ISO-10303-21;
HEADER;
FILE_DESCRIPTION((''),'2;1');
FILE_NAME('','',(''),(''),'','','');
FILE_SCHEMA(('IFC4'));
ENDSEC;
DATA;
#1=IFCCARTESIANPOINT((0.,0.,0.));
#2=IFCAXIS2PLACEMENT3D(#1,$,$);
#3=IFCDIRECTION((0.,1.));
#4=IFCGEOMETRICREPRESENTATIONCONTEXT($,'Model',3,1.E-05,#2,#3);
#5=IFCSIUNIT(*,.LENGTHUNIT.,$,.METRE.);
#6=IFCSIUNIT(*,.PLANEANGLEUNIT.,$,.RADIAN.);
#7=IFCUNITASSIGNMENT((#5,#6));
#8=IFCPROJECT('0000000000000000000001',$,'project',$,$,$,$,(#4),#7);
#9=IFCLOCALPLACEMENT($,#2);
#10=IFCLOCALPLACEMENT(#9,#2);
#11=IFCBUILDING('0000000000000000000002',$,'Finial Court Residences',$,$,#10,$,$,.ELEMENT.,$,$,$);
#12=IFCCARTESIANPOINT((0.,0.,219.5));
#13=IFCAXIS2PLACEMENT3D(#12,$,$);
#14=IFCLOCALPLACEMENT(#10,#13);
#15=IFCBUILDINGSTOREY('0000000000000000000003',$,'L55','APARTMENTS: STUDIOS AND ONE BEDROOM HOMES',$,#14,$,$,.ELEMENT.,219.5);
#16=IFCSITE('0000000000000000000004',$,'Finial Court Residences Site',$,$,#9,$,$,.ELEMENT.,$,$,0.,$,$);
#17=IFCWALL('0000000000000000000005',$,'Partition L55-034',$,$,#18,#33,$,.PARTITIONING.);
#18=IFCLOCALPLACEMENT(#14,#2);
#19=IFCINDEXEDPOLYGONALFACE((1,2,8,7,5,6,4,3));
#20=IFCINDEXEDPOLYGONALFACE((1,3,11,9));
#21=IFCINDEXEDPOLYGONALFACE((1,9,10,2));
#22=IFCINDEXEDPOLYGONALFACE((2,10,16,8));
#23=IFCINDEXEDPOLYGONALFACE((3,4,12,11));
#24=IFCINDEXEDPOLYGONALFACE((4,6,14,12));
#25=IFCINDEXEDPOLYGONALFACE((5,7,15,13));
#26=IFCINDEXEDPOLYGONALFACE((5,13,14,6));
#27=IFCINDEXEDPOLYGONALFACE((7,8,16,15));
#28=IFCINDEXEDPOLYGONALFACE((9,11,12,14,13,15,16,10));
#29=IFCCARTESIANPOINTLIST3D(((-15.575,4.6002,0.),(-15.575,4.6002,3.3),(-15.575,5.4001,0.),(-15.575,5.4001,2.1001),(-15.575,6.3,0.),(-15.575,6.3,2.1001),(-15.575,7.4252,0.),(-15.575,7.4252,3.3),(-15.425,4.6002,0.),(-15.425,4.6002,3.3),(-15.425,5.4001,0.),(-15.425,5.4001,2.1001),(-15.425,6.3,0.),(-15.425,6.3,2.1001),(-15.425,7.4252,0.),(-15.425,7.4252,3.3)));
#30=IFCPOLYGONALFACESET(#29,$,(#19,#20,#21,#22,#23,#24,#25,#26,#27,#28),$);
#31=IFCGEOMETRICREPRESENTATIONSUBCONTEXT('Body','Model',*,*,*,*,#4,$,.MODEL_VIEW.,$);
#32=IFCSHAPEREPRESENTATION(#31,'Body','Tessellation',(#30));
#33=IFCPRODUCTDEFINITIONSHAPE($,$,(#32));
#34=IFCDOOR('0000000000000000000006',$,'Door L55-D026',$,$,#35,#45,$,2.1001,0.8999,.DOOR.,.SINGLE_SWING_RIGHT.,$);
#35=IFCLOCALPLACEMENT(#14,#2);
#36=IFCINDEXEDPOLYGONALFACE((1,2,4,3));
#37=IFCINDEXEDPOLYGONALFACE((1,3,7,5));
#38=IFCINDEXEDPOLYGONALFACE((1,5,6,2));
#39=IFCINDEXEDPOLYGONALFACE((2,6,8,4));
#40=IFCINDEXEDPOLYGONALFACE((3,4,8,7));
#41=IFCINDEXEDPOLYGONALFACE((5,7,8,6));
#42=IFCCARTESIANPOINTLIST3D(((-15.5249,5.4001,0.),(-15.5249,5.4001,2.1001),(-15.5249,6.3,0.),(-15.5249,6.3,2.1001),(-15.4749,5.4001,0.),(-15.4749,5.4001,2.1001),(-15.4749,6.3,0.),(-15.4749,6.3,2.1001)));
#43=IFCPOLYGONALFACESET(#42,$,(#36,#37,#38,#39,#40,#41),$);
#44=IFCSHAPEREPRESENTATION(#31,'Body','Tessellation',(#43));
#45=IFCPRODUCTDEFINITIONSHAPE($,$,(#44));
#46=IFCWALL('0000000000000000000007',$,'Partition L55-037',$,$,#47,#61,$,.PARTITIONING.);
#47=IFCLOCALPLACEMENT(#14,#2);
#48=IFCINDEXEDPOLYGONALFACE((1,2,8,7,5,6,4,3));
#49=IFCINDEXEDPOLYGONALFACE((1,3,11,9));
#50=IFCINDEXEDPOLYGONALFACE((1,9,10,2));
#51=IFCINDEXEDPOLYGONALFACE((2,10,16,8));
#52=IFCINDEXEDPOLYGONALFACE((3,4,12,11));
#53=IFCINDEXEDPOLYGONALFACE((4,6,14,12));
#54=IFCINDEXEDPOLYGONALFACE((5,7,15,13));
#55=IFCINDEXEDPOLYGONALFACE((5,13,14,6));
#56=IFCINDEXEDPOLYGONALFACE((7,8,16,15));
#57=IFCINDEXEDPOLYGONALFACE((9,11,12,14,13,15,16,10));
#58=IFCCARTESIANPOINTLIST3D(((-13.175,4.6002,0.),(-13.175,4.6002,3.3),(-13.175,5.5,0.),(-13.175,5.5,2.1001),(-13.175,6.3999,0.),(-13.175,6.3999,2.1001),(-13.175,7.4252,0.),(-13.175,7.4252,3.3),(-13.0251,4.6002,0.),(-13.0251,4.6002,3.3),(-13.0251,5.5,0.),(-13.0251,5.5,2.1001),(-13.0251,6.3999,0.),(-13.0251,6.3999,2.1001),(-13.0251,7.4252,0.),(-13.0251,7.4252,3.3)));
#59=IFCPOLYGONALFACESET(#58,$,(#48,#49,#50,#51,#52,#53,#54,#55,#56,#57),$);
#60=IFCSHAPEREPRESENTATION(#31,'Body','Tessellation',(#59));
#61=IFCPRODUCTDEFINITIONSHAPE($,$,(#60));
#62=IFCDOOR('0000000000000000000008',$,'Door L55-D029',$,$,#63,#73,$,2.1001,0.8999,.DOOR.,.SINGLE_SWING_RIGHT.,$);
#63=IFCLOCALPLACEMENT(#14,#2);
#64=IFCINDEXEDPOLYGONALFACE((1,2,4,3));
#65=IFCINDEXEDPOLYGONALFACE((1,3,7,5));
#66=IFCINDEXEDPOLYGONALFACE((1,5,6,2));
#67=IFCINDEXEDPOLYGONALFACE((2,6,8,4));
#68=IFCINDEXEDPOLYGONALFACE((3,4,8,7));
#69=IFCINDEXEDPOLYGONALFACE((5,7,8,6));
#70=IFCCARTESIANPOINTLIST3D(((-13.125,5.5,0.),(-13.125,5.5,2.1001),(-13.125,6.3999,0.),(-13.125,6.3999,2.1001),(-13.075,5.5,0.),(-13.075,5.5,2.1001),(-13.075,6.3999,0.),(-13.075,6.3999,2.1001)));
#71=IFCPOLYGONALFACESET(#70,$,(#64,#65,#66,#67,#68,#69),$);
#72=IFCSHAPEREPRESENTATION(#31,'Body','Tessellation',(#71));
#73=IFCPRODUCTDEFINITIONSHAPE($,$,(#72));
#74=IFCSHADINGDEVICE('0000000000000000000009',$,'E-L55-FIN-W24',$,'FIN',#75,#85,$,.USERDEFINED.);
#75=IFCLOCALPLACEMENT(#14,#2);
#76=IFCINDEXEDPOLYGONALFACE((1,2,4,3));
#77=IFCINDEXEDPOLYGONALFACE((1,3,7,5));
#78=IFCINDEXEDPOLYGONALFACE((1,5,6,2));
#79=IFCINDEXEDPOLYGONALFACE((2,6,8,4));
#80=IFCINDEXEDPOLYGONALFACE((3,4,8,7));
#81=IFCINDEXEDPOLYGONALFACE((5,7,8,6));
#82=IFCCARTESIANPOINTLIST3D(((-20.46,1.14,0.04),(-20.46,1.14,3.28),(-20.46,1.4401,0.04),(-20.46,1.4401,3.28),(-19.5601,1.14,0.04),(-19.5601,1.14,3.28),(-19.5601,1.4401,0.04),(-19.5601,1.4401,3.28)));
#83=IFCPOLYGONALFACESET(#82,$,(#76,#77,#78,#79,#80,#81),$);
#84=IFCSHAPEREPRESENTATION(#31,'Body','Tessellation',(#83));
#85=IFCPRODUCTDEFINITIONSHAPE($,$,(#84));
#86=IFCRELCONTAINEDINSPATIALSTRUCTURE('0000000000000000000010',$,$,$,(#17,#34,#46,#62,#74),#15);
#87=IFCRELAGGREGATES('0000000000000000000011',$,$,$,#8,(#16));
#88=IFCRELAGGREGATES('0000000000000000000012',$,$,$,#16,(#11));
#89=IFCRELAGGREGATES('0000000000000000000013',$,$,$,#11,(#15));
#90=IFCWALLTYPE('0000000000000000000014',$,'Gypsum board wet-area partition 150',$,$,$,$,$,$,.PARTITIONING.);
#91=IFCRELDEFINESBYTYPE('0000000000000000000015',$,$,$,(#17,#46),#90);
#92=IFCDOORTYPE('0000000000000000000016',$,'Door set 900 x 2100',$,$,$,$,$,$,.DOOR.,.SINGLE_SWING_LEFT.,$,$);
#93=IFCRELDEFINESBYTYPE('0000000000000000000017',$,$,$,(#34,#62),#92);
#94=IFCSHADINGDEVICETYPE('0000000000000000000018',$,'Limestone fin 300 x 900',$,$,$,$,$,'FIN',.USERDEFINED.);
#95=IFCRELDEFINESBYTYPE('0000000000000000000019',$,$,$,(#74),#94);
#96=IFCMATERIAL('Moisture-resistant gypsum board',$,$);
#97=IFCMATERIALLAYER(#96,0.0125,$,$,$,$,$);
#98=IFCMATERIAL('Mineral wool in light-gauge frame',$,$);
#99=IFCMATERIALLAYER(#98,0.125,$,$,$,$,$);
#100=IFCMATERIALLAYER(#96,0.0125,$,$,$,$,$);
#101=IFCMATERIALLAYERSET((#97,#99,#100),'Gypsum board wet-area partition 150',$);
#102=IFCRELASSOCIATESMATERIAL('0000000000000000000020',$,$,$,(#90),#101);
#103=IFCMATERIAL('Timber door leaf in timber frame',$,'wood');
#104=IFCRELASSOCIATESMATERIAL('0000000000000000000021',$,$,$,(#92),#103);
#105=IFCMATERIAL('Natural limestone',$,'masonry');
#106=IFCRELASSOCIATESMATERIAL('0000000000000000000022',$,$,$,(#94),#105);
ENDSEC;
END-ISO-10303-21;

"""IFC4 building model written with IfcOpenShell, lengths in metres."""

from ifc_helpers import new_model, si_unit, direction, frame, frame_2d, origin, origin_2d, place, context, subcontext, project, spatial, rectangle, extrude, material, layer, layer_set, type_object, element, fill, save


model = new_model("IFC4")

# Units and contexts
model_context = context("Model", 3, precision=1e-05, world=origin(), true_north=direction((0.0, 1.0)))
body_context = subcontext(model_context, "Body", "Model", "MODEL_VIEW")
ifc_project = project(units=[si_unit("LENGTHUNIT", "METRE"), si_unit("PLANEANGLEUNIT", "RADIAN")], contexts=[model_context])

# Site, building, storey
site_placement = place(None, origin())
site = spatial("IfcSite", under=ifc_project, at=site_placement, Name="Finial Court Residences Site", CompositionType="ELEMENT", RefElevation=0.0)
building_placement = place(site_placement, origin())
building = spatial("IfcBuilding", under=site, at=building_placement, Name="Finial Court Residences", CompositionType="ELEMENT")
storey_placement = place(building_placement, frame((0.0, 0.0, 219.5)))
storey = spatial("IfcBuildingStorey", under=building, at=storey_placement, Name="L55", Description="APARTMENTS: STUDIOS AND ONE BEDROOM HOMES", CompositionType="ELEMENT", Elevation=219.5)

# Shared definitions
ifc_material_1 = material(Name="Mineral wool in light-gauge frame")
ifc_material_2 = material(Name="Moisture-resistant gypsum board")
ifc_layer_1 = layer(ifc_material_2, 0.0125)
ifc_layer_2 = layer(ifc_material_1, 0.125)
ifc_layer_3 = layer(ifc_material_2, 0.0125)
ifc_layer_set_1 = layer_set([ifc_layer_1, ifc_layer_2, ifc_layer_3], Name="Gypsum board wet-area partition 150")
wall_type_1 = type_object("IfcWallType", Name="Gypsum board wet-area partition 150", PredefinedType="PARTITIONING", material=ifc_layer_set_1)

# Walls, openings, doors
ifc_material_3 = material(Name="Timber door leaf in timber frame", Category="wood")
door_type_1 = type_object("IfcDoorType", Name="Door set 900 x 2100", OperationType="SINGLE_SWING_LEFT", PredefinedType="DOOR", material=ifc_material_3)
wall_1_placement = place(storey_placement, frame((-15.5, 4.6001, 0.0), z_axis=(0.0, 0.0, 1.0), x_axis=(0.0, 1.0, 0.0)))
wall_1 = element("IfcWall", 1, at=wall_1_placement, inside=storey, type_object=wall_type_1, Name="Partition L55-034", PredefinedType="PARTITIONING", context=body_context, shape_type="SweptSolid", body=[
    extrude(rectangle(XDim=2.825, YDim=0.1499, at=frame_2d((1.4126, 0.0))), origin(), (0.0, 0.0, 1.0), 3.3),
])
opening_1_placement = place(wall_1_placement, frame((0.8, 0.0, 0.0)))
opening_1 = element("IfcOpeningElement", 2, at=opening_1_placement, cuts=wall_1, PredefinedType="OPENING", context=body_context, shape_type="SweptSolid", body=[
    extrude(rectangle(XDim=0.8999, YDim=2.1001, at=frame_2d((0.45, 1.05))), frame((0.0, 0.085, 0.0), z_axis=(0.0, -1.0, 0.0), x_axis=(1.0, 0.0, 0.0)), (0.0, 0.0, 1.0), 0.1699),
])
door_1_placement = place(opening_1_placement, origin())
door_1 = element("IfcDoor", 3, at=door_1_placement, inside=storey, type_object=door_type_1, Name="Door L55-D026", OperationType="SINGLE_SWING_RIGHT", OverallHeight=2.1001, OverallWidth=0.8999, PredefinedType="DOOR", context=body_context, shape_type="SweptSolid", body=[
    extrude(rectangle(XDim=0.8999, YDim=2.1001, at=frame_2d((0.45, 1.05))), frame((0.0, 0.0249, 0.0), z_axis=(0.0, -1.0, 0.0), x_axis=(1.0, 0.0, 0.0)), (0.0, 0.0, 1.0), 0.05),
])
fill(opening_1, door_1)
wall_2_placement = place(storey_placement, frame((-13.1001, 4.6001, 0.0), z_axis=(0.0, 0.0, 1.0), x_axis=(0.0, 1.0, 0.0)))
wall_2 = element("IfcWall", 4, at=wall_2_placement, inside=storey, type_object=wall_type_1, Name="Partition L55-037", PredefinedType="PARTITIONING", context=body_context, shape_type="SweptSolid", body=[
    extrude(rectangle(XDim=2.825, YDim=0.1499, at=frame_2d((1.4126, 0.0))), origin(), (0.0, 0.0, 1.0), 3.3),
])
opening_2_placement = place(wall_2_placement, frame((0.8999, 0.0, 0.0)))
opening_2 = element("IfcOpeningElement", 5, at=opening_2_placement, cuts=wall_2, PredefinedType="OPENING", context=body_context, shape_type="SweptSolid", body=[
    extrude(rectangle(XDim=0.8999, YDim=2.1001, at=frame_2d((0.45, 1.05))), frame((0.0, 0.085, 0.0), z_axis=(0.0, -1.0, 0.0), x_axis=(1.0, 0.0, 0.0)), (0.0, 0.0, 1.0), 0.1699),
])
door_2_placement = place(opening_2_placement, origin())
door_2 = element("IfcDoor", 6, at=door_2_placement, inside=storey, type_object=door_type_1, Name="Door L55-D029", OperationType="SINGLE_SWING_RIGHT", OverallHeight=2.1001, OverallWidth=0.8999, PredefinedType="DOOR", context=body_context, shape_type="SweptSolid", body=[
    extrude(rectangle(XDim=0.8999, YDim=2.1001, at=frame_2d((0.45, 1.05))), frame((0.0, 0.0249, 0.0), z_axis=(0.0, -1.0, 0.0), x_axis=(1.0, 0.0, 0.0)), (0.0, 0.0, 1.0), 0.05),
])
fill(opening_2, door_2)

# Shading device
ifc_material_4 = material(Name="Natural limestone", Category="masonry")
shading_device_type = type_object("IfcShadingDeviceType", Name="Limestone fin 300 x 900", ElementType="FIN", PredefinedType="USERDEFINED", material=ifc_material_4)
shading_device_placement = place(storey_placement, frame((-20.01, 1.29, 0.04), z_axis=(0.0, 0.0, 1.0), x_axis=(1.0, 0.0, 0.0)))
element("IfcShadingDevice", 7, at=shading_device_placement, inside=storey, type_object=shading_device_type, Name="E-L55-FIN-W24", ObjectType="FIN", PredefinedType="USERDEFINED", context=body_context, shape_type="SweptSolid", body=[
    extrude(rectangle(XDim=0.8999, YDim=0.3, at=origin_2d()), origin(), (0.0, 0.0, 1.0), 3.24),
])

save(model, "model.ifc")
